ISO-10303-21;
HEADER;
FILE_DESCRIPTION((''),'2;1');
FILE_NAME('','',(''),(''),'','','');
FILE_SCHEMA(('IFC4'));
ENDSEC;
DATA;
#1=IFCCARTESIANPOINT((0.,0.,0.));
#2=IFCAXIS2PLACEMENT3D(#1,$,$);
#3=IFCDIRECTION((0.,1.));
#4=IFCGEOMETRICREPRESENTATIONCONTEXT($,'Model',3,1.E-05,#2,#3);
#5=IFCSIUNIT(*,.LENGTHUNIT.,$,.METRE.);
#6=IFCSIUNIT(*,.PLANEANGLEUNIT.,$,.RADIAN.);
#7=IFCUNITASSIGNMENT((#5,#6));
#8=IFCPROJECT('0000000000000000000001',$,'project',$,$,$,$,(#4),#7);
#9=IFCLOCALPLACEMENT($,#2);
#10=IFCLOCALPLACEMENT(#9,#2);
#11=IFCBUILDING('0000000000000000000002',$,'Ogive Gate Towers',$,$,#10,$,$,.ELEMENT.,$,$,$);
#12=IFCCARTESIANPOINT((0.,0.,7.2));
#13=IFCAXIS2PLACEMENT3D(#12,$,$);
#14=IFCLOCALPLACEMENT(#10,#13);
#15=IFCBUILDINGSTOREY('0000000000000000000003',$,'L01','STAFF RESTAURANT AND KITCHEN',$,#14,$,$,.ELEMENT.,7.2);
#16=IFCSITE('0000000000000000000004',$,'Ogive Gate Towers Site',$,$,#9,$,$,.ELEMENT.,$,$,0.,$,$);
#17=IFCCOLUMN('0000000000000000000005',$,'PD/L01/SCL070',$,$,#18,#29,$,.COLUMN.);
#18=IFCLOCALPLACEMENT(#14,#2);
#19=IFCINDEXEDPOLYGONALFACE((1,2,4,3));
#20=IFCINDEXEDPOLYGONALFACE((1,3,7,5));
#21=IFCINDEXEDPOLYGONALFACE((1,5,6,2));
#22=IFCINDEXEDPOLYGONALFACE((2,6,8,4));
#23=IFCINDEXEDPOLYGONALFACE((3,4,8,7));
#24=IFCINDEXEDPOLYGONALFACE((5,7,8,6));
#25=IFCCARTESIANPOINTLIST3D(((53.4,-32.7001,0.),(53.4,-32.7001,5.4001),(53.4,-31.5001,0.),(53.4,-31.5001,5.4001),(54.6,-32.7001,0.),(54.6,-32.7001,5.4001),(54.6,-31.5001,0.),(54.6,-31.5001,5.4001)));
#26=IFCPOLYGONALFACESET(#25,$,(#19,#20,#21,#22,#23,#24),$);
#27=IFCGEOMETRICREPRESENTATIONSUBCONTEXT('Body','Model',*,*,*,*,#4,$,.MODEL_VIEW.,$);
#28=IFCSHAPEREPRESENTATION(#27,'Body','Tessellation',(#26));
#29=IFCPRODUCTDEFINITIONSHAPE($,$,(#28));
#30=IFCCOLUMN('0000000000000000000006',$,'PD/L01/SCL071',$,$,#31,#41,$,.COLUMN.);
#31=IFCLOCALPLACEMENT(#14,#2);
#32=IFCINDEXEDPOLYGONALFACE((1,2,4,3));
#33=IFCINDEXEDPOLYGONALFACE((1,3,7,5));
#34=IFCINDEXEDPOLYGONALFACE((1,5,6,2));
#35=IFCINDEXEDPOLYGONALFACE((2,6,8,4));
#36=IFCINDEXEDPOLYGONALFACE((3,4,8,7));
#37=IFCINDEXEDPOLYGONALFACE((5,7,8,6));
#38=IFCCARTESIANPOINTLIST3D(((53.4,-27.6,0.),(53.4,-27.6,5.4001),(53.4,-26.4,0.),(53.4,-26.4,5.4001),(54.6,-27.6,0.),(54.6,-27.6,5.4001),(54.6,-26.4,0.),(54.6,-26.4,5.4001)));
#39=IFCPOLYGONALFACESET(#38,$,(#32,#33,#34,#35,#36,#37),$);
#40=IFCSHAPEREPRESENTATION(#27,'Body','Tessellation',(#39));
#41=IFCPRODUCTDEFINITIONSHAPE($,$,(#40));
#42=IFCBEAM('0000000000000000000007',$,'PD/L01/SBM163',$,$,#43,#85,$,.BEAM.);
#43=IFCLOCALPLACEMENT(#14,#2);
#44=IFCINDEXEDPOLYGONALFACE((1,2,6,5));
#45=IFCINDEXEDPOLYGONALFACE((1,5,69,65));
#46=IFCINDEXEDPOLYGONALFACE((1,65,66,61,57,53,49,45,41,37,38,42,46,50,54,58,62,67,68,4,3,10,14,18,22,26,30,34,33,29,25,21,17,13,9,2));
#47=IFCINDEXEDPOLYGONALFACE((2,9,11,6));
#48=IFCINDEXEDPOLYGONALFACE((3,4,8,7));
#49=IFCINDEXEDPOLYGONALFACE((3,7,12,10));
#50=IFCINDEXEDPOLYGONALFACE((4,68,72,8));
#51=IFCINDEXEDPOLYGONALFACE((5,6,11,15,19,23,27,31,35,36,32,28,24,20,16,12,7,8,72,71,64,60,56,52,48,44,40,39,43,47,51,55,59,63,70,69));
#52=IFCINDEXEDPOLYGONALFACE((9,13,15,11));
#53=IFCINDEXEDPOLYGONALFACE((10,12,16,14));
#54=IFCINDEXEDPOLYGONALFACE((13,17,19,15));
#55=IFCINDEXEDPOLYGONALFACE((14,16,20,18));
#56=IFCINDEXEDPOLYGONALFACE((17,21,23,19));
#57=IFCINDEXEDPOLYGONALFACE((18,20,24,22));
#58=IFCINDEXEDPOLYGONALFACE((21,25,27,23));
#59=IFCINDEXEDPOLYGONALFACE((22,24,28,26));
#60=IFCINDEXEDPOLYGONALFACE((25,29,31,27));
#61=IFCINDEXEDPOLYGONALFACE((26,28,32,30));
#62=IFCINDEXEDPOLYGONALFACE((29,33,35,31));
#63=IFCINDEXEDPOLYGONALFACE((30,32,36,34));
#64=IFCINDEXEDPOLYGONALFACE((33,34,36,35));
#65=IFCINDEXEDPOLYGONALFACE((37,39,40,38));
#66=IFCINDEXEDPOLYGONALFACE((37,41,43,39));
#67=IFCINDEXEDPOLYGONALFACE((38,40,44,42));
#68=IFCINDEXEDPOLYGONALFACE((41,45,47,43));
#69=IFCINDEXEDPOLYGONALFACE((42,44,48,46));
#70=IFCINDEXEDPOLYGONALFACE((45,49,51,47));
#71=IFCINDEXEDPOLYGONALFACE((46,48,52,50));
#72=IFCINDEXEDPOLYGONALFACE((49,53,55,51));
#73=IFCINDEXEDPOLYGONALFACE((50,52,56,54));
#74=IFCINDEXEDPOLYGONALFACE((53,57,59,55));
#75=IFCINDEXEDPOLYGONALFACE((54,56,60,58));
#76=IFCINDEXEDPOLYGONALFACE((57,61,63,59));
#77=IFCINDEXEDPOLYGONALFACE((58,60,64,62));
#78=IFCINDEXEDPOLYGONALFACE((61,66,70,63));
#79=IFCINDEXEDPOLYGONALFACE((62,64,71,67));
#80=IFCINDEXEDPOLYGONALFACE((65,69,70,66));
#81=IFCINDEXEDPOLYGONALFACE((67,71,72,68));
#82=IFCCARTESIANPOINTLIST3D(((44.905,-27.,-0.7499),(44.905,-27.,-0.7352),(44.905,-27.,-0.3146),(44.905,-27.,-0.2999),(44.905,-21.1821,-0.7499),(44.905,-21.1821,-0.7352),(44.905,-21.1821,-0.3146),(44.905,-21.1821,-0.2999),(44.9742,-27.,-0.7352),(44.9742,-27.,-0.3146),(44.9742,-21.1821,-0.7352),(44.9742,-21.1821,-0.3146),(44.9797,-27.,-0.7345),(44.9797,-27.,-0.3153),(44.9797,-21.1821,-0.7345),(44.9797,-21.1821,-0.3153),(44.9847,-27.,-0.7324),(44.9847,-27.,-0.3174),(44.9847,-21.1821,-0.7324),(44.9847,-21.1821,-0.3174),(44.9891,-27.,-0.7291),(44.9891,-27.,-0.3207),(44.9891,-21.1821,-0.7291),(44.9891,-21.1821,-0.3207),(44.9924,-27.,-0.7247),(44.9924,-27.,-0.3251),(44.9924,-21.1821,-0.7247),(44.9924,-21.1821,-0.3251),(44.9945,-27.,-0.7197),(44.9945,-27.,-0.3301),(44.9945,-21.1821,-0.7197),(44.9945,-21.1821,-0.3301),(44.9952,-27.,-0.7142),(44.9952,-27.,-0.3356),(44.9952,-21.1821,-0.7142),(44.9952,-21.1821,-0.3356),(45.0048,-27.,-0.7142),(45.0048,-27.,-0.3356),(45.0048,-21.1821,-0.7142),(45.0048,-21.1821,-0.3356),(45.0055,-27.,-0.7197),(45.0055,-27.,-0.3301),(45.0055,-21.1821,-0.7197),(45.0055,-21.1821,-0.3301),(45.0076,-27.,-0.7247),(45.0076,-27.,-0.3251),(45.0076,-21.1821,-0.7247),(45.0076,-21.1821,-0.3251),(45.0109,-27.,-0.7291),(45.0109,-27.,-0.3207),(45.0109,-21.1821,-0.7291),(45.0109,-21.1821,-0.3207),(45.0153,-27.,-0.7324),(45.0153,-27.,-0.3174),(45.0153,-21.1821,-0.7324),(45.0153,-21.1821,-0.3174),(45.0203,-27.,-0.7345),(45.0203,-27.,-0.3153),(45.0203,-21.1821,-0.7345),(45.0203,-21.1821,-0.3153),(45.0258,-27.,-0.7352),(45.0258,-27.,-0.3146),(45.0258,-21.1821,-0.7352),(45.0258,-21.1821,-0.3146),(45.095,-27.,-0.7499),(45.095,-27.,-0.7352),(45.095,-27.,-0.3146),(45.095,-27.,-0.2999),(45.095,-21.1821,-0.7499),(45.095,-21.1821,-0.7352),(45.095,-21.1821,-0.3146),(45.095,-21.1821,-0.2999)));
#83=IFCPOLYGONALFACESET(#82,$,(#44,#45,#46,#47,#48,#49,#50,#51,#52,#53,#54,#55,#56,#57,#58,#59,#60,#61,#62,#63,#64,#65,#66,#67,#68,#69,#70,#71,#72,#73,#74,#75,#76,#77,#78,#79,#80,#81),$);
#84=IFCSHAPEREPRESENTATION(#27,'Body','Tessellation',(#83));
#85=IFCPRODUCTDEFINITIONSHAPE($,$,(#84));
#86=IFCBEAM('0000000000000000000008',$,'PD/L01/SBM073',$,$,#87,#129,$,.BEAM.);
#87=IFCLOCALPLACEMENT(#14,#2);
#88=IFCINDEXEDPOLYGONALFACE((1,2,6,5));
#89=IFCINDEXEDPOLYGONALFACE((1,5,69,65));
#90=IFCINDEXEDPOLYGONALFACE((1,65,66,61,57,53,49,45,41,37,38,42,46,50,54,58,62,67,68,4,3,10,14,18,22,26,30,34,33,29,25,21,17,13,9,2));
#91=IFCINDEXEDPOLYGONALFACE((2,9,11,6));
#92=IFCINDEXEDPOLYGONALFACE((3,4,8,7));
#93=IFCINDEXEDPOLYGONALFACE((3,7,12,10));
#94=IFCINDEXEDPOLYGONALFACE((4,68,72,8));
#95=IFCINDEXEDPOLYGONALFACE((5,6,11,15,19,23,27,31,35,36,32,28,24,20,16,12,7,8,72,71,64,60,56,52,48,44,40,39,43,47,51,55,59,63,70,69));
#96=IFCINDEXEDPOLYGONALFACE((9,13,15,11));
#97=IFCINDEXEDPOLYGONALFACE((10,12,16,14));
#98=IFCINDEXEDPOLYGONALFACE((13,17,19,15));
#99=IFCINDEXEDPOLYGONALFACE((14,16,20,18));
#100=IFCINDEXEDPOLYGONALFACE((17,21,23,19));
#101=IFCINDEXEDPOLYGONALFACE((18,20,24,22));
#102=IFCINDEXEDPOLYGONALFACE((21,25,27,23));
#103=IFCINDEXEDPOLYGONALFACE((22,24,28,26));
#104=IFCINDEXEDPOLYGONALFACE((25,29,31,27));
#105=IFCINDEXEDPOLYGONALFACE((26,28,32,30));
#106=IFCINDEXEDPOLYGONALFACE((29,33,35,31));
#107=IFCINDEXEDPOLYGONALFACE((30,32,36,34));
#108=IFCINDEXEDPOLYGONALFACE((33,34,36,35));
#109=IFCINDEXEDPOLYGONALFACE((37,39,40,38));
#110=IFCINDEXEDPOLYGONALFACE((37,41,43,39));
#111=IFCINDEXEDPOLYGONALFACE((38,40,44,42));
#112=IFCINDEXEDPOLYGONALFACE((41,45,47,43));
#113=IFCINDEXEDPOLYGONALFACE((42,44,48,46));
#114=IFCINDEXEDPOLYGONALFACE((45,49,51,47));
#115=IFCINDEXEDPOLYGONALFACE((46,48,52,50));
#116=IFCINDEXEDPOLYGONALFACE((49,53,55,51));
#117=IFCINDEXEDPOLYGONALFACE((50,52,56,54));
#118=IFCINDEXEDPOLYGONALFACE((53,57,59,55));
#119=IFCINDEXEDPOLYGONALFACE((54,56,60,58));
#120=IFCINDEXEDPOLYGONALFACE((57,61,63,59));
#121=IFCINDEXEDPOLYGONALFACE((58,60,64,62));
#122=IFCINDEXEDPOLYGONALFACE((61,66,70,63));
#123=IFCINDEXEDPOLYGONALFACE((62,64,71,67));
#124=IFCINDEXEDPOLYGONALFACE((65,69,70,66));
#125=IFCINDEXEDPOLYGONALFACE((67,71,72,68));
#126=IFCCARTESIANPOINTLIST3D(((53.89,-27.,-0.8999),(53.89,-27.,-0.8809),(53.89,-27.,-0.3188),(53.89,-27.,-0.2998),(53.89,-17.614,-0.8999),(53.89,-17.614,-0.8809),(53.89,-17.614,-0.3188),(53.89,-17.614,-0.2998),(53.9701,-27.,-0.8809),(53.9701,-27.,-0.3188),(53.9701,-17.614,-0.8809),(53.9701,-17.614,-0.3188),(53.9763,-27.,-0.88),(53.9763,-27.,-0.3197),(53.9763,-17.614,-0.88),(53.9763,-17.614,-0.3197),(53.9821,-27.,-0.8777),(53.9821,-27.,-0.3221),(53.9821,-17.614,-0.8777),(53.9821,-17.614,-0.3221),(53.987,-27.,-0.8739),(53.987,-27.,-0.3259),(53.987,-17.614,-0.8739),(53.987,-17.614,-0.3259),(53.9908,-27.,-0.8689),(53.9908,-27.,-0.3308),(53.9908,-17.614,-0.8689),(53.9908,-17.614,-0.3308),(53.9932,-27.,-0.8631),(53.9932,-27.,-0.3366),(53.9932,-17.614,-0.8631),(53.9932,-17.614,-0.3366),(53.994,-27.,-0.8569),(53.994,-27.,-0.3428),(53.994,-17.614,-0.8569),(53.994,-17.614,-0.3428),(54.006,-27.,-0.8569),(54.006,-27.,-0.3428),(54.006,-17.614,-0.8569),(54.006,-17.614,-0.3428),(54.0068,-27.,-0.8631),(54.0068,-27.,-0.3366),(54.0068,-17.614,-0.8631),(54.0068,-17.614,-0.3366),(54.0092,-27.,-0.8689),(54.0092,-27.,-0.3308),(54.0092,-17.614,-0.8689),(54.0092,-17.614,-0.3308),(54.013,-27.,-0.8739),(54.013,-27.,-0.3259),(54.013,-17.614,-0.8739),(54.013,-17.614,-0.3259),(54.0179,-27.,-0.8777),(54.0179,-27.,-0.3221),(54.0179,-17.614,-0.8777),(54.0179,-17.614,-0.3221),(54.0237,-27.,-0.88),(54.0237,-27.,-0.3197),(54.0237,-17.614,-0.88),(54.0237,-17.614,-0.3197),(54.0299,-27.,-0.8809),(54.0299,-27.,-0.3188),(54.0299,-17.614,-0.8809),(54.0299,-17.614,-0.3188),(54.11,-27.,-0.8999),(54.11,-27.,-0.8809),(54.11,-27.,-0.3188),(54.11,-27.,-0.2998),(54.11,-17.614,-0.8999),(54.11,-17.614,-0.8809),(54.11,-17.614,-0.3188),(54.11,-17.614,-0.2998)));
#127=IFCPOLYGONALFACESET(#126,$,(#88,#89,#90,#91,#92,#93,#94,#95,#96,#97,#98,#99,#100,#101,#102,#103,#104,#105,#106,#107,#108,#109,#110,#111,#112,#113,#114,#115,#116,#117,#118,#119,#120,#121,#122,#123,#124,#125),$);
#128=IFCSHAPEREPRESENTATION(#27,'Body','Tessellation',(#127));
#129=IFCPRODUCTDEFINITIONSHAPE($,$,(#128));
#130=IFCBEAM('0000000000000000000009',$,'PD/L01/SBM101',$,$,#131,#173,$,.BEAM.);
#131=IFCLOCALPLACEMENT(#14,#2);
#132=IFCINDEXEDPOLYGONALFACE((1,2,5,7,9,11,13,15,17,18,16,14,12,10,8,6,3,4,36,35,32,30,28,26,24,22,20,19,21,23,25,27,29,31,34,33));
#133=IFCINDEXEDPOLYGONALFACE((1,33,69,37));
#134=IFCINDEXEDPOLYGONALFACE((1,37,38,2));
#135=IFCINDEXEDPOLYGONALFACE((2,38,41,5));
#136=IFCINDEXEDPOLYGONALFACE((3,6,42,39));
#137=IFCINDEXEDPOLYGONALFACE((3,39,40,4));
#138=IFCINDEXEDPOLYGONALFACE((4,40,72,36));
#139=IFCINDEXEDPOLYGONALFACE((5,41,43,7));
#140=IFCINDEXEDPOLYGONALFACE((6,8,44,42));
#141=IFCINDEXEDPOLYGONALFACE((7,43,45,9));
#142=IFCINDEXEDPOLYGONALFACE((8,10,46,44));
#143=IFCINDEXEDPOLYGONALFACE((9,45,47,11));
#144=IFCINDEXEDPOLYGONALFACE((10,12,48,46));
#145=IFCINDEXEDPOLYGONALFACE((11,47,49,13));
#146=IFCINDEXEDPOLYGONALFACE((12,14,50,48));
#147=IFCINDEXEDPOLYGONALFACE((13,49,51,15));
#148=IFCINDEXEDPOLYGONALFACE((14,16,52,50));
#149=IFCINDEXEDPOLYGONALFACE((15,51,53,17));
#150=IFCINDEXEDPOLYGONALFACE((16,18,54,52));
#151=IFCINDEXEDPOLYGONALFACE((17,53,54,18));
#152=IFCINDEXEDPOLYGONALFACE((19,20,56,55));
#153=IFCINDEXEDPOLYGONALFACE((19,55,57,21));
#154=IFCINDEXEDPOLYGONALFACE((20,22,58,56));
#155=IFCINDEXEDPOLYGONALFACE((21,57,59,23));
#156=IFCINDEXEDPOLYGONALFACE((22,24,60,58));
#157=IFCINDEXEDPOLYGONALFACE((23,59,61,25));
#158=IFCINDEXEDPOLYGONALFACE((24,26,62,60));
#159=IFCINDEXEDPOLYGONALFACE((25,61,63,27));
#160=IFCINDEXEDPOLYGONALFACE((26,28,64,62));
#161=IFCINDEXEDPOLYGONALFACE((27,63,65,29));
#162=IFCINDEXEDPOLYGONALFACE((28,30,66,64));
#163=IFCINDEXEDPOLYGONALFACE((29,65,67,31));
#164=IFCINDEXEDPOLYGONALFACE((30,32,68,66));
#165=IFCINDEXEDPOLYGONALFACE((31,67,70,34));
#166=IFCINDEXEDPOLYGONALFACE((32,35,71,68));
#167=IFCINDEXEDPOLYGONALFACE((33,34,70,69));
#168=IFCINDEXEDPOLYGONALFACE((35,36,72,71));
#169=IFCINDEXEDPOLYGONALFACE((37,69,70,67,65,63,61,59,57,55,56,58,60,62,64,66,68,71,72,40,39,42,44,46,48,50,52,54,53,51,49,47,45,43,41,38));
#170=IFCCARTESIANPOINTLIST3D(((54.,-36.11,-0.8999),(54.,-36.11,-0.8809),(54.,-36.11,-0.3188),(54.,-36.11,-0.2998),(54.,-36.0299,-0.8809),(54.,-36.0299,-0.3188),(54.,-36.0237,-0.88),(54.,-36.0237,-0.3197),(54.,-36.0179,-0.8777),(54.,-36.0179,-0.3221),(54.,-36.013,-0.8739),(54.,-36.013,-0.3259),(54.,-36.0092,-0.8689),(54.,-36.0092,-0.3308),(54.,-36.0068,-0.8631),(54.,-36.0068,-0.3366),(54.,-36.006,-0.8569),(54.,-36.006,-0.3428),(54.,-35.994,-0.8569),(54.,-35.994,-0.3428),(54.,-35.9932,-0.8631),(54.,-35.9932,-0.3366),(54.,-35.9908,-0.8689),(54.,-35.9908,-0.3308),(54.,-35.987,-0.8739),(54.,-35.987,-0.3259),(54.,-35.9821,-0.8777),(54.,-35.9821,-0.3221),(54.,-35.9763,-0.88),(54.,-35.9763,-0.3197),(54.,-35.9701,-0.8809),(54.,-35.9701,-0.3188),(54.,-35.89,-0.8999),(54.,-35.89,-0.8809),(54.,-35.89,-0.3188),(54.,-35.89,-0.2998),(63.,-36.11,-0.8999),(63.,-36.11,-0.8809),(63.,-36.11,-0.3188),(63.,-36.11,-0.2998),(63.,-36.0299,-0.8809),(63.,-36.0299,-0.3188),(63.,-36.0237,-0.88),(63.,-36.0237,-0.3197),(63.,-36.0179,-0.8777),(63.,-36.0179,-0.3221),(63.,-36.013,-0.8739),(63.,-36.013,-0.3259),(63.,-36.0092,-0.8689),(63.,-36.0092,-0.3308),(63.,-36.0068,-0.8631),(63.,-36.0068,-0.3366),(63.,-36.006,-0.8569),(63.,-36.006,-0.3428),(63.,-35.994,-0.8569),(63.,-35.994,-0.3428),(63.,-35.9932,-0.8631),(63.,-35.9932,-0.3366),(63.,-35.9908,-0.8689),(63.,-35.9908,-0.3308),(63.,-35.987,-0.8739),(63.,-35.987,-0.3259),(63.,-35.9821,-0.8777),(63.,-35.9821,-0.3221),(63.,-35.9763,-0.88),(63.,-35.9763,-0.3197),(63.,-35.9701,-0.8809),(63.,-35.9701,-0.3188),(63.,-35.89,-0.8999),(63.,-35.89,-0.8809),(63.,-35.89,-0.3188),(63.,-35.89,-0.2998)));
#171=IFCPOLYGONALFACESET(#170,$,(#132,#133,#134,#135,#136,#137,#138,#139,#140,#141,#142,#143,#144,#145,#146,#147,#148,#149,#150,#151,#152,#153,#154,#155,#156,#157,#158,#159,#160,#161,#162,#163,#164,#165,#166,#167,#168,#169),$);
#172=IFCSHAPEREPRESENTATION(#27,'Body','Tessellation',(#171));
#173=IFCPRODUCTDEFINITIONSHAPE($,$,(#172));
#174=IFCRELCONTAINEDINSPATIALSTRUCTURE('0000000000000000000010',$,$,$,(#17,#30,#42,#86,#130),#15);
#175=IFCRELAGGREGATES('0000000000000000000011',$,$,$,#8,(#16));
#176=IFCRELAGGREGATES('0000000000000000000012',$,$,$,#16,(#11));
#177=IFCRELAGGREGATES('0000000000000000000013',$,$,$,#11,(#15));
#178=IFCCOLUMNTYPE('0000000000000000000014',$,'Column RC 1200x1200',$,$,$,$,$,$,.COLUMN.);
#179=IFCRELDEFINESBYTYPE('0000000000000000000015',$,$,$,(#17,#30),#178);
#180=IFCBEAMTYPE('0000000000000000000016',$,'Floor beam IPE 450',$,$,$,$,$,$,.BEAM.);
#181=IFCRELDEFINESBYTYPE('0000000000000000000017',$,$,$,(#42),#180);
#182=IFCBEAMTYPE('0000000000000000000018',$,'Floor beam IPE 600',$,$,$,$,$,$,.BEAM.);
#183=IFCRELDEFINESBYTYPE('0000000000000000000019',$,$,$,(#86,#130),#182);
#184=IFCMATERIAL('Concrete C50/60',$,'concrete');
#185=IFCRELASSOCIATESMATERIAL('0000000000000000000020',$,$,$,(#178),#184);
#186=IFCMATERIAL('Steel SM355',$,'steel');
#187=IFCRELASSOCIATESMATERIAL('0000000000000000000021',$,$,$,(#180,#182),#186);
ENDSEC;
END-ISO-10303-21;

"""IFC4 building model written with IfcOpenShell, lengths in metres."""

from ifc_helpers import new_model, si_unit, direction, frame, origin, origin_2d, place, context, subcontext, project, spatial, rectangle, i_section, extrude, material, material_profile, profile_set, type_object, element, save


model = new_model("IFC4")

# Units and contexts
model_context = context("Model", 3, precision=1e-05, world=origin(), true_north=direction((0.0, 1.0)))
body_context = subcontext(model_context, "Body", "Model", "MODEL_VIEW")
ifc_project = project(units=[si_unit("LENGTHUNIT", "METRE"), si_unit("PLANEANGLEUNIT", "RADIAN")], contexts=[model_context])

# Site, building, storey
site_placement = place(None, origin())
site = spatial("IfcSite", under=ifc_project, at=site_placement, Name="Ogive Gate Towers Site", CompositionType="ELEMENT", RefElevation=0.0)
building_placement = place(site_placement, origin())
building = spatial("IfcBuilding", under=site, at=building_placement, Name="Ogive Gate Towers", CompositionType="ELEMENT")
storey_placement = place(building_placement, frame((0.0, 0.0, 7.2)))
storey = spatial("IfcBuildingStorey", under=building, at=storey_placement, Name="L01", Description="STAFF RESTAURANT AND KITCHEN", CompositionType="ELEMENT", Elevation=7.2)

# Columns
ifc_material_1 = material(Name="Concrete C50/60", Category="concrete")
ifc_material_profile_1 = material_profile(ifc_material_1, rectangle(XDim=1.2, YDim=1.2, at=origin_2d()), Name="RC 1200x1200")
ifc_profile_set_1 = profile_set([ifc_material_profile_1], Name="Concrete C50/60")
column_type = type_object("IfcColumnType", Name="Column RC 1200x1200", PredefinedType="COLUMN", material=ifc_profile_set_1)
for number, where, z_axis, x_axis, name in (
    (1, (54.0, -32.1001, 0.0), (0.0, 0.0, 1.0), (1.0, 0.0, 0.0), "PD/L01/SCL070"),
    (2, (54.0, -27.0, 0.0), (0.0, 0.0, 1.0), (1.0, 0.0, 0.0), "PD/L01/SCL071"),
):
    element("IfcColumn", number, at=place(storey_placement, frame(where, z_axis=z_axis, x_axis=x_axis)), inside=storey, type_object=column_type, Name=name, PredefinedType="COLUMN", context=body_context, shape_type="SweptSolid", body=[
        extrude(rectangle(XDim=1.2, YDim=1.2, at=origin_2d()), origin(), (0.0, 0.0, 1.0), 5.4001),
    ])

# Beams
ifc_material_2 = material(Name="Steel SM355", Category="steel")
ifc_material_profile_2 = material_profile(ifc_material_2, i_section(OverallWidth=0.1899, OverallDepth=0.45, WebThickness=0.0095, FlangeThickness=0.0146, FilletRadius=0.021, at=origin_2d()), Name="IPE 450")
ifc_profile_set_2 = profile_set([ifc_material_profile_2], Name="Steel SM355")
beam_type_1 = type_object("IfcBeamType", Name="Floor beam IPE 450", PredefinedType="BEAM", material=ifc_profile_set_2)
beam_1_placement = place(storey_placement, frame((45.0, -27.0, -0.5249), z_axis=(0.0, 1.0, 0.0), x_axis=(-1.0, 0.0, 0.0)))
element("IfcBeam", 3, at=beam_1_placement, inside=storey, type_object=beam_type_1, Name="PD/L01/SBM163", PredefinedType="BEAM", context=body_context, shape_type="SweptSolid", body=[
    extrude(i_section(OverallWidth=0.1899, OverallDepth=0.45, WebThickness=0.0095, FlangeThickness=0.0146, FilletRadius=0.021, at=origin_2d()), origin(), (0.0, 0.0, 1.0), 5.8179),
])
ifc_material_profile_3 = material_profile(ifc_material_2, i_section(OverallWidth=0.22, OverallDepth=0.6001, WebThickness=0.012, FlangeThickness=0.019, FilletRadius=0.0239, at=origin_2d()), Name="IPE 600")
ifc_profile_set_3 = profile_set([ifc_material_profile_3], Name="Steel SM355")
beam_type_2 = type_object("IfcBeamType", Name="Floor beam IPE 600", PredefinedType="BEAM", material=ifc_profile_set_3)
beam_2_placement = place(storey_placement, frame((54.0, -27.0, -0.5999), z_axis=(0.0, 1.0, 0.0), x_axis=(-1.0, 0.0, 0.0)))
element("IfcBeam", 4, at=beam_2_placement, inside=storey, type_object=beam_type_2, Name="PD/L01/SBM073", PredefinedType="BEAM", context=body_context, shape_type="SweptSolid", body=[
    extrude(i_section(OverallWidth=0.22, OverallDepth=0.6001, WebThickness=0.012, FlangeThickness=0.019, FilletRadius=0.0239, at=origin_2d()), origin(), (0.0, 0.0, 1.0), 9.386),
])
for number, where, z_axis, x_axis, name in (
    (5, (54.0, -36.0, -0.5999), (1.0, 0.0, 0.0), (0.0, 1.0, 0.0), "PD/L01/SBM101"),
):
    element("IfcBeam", number, at=place(storey_placement, frame(where, z_axis=z_axis, x_axis=x_axis)), inside=storey, type_object=beam_type_2, Name=name, PredefinedType="BEAM", context=body_context, shape_type="SweptSolid", body=[
        extrude(i_section(OverallWidth=0.22, OverallDepth=0.6001, WebThickness=0.012, FlangeThickness=0.019, FilletRadius=0.0239, at=origin_2d()), origin(), (0.0, 0.0, 1.0), 9.0),
    ])

save(model, "model.ifc")
